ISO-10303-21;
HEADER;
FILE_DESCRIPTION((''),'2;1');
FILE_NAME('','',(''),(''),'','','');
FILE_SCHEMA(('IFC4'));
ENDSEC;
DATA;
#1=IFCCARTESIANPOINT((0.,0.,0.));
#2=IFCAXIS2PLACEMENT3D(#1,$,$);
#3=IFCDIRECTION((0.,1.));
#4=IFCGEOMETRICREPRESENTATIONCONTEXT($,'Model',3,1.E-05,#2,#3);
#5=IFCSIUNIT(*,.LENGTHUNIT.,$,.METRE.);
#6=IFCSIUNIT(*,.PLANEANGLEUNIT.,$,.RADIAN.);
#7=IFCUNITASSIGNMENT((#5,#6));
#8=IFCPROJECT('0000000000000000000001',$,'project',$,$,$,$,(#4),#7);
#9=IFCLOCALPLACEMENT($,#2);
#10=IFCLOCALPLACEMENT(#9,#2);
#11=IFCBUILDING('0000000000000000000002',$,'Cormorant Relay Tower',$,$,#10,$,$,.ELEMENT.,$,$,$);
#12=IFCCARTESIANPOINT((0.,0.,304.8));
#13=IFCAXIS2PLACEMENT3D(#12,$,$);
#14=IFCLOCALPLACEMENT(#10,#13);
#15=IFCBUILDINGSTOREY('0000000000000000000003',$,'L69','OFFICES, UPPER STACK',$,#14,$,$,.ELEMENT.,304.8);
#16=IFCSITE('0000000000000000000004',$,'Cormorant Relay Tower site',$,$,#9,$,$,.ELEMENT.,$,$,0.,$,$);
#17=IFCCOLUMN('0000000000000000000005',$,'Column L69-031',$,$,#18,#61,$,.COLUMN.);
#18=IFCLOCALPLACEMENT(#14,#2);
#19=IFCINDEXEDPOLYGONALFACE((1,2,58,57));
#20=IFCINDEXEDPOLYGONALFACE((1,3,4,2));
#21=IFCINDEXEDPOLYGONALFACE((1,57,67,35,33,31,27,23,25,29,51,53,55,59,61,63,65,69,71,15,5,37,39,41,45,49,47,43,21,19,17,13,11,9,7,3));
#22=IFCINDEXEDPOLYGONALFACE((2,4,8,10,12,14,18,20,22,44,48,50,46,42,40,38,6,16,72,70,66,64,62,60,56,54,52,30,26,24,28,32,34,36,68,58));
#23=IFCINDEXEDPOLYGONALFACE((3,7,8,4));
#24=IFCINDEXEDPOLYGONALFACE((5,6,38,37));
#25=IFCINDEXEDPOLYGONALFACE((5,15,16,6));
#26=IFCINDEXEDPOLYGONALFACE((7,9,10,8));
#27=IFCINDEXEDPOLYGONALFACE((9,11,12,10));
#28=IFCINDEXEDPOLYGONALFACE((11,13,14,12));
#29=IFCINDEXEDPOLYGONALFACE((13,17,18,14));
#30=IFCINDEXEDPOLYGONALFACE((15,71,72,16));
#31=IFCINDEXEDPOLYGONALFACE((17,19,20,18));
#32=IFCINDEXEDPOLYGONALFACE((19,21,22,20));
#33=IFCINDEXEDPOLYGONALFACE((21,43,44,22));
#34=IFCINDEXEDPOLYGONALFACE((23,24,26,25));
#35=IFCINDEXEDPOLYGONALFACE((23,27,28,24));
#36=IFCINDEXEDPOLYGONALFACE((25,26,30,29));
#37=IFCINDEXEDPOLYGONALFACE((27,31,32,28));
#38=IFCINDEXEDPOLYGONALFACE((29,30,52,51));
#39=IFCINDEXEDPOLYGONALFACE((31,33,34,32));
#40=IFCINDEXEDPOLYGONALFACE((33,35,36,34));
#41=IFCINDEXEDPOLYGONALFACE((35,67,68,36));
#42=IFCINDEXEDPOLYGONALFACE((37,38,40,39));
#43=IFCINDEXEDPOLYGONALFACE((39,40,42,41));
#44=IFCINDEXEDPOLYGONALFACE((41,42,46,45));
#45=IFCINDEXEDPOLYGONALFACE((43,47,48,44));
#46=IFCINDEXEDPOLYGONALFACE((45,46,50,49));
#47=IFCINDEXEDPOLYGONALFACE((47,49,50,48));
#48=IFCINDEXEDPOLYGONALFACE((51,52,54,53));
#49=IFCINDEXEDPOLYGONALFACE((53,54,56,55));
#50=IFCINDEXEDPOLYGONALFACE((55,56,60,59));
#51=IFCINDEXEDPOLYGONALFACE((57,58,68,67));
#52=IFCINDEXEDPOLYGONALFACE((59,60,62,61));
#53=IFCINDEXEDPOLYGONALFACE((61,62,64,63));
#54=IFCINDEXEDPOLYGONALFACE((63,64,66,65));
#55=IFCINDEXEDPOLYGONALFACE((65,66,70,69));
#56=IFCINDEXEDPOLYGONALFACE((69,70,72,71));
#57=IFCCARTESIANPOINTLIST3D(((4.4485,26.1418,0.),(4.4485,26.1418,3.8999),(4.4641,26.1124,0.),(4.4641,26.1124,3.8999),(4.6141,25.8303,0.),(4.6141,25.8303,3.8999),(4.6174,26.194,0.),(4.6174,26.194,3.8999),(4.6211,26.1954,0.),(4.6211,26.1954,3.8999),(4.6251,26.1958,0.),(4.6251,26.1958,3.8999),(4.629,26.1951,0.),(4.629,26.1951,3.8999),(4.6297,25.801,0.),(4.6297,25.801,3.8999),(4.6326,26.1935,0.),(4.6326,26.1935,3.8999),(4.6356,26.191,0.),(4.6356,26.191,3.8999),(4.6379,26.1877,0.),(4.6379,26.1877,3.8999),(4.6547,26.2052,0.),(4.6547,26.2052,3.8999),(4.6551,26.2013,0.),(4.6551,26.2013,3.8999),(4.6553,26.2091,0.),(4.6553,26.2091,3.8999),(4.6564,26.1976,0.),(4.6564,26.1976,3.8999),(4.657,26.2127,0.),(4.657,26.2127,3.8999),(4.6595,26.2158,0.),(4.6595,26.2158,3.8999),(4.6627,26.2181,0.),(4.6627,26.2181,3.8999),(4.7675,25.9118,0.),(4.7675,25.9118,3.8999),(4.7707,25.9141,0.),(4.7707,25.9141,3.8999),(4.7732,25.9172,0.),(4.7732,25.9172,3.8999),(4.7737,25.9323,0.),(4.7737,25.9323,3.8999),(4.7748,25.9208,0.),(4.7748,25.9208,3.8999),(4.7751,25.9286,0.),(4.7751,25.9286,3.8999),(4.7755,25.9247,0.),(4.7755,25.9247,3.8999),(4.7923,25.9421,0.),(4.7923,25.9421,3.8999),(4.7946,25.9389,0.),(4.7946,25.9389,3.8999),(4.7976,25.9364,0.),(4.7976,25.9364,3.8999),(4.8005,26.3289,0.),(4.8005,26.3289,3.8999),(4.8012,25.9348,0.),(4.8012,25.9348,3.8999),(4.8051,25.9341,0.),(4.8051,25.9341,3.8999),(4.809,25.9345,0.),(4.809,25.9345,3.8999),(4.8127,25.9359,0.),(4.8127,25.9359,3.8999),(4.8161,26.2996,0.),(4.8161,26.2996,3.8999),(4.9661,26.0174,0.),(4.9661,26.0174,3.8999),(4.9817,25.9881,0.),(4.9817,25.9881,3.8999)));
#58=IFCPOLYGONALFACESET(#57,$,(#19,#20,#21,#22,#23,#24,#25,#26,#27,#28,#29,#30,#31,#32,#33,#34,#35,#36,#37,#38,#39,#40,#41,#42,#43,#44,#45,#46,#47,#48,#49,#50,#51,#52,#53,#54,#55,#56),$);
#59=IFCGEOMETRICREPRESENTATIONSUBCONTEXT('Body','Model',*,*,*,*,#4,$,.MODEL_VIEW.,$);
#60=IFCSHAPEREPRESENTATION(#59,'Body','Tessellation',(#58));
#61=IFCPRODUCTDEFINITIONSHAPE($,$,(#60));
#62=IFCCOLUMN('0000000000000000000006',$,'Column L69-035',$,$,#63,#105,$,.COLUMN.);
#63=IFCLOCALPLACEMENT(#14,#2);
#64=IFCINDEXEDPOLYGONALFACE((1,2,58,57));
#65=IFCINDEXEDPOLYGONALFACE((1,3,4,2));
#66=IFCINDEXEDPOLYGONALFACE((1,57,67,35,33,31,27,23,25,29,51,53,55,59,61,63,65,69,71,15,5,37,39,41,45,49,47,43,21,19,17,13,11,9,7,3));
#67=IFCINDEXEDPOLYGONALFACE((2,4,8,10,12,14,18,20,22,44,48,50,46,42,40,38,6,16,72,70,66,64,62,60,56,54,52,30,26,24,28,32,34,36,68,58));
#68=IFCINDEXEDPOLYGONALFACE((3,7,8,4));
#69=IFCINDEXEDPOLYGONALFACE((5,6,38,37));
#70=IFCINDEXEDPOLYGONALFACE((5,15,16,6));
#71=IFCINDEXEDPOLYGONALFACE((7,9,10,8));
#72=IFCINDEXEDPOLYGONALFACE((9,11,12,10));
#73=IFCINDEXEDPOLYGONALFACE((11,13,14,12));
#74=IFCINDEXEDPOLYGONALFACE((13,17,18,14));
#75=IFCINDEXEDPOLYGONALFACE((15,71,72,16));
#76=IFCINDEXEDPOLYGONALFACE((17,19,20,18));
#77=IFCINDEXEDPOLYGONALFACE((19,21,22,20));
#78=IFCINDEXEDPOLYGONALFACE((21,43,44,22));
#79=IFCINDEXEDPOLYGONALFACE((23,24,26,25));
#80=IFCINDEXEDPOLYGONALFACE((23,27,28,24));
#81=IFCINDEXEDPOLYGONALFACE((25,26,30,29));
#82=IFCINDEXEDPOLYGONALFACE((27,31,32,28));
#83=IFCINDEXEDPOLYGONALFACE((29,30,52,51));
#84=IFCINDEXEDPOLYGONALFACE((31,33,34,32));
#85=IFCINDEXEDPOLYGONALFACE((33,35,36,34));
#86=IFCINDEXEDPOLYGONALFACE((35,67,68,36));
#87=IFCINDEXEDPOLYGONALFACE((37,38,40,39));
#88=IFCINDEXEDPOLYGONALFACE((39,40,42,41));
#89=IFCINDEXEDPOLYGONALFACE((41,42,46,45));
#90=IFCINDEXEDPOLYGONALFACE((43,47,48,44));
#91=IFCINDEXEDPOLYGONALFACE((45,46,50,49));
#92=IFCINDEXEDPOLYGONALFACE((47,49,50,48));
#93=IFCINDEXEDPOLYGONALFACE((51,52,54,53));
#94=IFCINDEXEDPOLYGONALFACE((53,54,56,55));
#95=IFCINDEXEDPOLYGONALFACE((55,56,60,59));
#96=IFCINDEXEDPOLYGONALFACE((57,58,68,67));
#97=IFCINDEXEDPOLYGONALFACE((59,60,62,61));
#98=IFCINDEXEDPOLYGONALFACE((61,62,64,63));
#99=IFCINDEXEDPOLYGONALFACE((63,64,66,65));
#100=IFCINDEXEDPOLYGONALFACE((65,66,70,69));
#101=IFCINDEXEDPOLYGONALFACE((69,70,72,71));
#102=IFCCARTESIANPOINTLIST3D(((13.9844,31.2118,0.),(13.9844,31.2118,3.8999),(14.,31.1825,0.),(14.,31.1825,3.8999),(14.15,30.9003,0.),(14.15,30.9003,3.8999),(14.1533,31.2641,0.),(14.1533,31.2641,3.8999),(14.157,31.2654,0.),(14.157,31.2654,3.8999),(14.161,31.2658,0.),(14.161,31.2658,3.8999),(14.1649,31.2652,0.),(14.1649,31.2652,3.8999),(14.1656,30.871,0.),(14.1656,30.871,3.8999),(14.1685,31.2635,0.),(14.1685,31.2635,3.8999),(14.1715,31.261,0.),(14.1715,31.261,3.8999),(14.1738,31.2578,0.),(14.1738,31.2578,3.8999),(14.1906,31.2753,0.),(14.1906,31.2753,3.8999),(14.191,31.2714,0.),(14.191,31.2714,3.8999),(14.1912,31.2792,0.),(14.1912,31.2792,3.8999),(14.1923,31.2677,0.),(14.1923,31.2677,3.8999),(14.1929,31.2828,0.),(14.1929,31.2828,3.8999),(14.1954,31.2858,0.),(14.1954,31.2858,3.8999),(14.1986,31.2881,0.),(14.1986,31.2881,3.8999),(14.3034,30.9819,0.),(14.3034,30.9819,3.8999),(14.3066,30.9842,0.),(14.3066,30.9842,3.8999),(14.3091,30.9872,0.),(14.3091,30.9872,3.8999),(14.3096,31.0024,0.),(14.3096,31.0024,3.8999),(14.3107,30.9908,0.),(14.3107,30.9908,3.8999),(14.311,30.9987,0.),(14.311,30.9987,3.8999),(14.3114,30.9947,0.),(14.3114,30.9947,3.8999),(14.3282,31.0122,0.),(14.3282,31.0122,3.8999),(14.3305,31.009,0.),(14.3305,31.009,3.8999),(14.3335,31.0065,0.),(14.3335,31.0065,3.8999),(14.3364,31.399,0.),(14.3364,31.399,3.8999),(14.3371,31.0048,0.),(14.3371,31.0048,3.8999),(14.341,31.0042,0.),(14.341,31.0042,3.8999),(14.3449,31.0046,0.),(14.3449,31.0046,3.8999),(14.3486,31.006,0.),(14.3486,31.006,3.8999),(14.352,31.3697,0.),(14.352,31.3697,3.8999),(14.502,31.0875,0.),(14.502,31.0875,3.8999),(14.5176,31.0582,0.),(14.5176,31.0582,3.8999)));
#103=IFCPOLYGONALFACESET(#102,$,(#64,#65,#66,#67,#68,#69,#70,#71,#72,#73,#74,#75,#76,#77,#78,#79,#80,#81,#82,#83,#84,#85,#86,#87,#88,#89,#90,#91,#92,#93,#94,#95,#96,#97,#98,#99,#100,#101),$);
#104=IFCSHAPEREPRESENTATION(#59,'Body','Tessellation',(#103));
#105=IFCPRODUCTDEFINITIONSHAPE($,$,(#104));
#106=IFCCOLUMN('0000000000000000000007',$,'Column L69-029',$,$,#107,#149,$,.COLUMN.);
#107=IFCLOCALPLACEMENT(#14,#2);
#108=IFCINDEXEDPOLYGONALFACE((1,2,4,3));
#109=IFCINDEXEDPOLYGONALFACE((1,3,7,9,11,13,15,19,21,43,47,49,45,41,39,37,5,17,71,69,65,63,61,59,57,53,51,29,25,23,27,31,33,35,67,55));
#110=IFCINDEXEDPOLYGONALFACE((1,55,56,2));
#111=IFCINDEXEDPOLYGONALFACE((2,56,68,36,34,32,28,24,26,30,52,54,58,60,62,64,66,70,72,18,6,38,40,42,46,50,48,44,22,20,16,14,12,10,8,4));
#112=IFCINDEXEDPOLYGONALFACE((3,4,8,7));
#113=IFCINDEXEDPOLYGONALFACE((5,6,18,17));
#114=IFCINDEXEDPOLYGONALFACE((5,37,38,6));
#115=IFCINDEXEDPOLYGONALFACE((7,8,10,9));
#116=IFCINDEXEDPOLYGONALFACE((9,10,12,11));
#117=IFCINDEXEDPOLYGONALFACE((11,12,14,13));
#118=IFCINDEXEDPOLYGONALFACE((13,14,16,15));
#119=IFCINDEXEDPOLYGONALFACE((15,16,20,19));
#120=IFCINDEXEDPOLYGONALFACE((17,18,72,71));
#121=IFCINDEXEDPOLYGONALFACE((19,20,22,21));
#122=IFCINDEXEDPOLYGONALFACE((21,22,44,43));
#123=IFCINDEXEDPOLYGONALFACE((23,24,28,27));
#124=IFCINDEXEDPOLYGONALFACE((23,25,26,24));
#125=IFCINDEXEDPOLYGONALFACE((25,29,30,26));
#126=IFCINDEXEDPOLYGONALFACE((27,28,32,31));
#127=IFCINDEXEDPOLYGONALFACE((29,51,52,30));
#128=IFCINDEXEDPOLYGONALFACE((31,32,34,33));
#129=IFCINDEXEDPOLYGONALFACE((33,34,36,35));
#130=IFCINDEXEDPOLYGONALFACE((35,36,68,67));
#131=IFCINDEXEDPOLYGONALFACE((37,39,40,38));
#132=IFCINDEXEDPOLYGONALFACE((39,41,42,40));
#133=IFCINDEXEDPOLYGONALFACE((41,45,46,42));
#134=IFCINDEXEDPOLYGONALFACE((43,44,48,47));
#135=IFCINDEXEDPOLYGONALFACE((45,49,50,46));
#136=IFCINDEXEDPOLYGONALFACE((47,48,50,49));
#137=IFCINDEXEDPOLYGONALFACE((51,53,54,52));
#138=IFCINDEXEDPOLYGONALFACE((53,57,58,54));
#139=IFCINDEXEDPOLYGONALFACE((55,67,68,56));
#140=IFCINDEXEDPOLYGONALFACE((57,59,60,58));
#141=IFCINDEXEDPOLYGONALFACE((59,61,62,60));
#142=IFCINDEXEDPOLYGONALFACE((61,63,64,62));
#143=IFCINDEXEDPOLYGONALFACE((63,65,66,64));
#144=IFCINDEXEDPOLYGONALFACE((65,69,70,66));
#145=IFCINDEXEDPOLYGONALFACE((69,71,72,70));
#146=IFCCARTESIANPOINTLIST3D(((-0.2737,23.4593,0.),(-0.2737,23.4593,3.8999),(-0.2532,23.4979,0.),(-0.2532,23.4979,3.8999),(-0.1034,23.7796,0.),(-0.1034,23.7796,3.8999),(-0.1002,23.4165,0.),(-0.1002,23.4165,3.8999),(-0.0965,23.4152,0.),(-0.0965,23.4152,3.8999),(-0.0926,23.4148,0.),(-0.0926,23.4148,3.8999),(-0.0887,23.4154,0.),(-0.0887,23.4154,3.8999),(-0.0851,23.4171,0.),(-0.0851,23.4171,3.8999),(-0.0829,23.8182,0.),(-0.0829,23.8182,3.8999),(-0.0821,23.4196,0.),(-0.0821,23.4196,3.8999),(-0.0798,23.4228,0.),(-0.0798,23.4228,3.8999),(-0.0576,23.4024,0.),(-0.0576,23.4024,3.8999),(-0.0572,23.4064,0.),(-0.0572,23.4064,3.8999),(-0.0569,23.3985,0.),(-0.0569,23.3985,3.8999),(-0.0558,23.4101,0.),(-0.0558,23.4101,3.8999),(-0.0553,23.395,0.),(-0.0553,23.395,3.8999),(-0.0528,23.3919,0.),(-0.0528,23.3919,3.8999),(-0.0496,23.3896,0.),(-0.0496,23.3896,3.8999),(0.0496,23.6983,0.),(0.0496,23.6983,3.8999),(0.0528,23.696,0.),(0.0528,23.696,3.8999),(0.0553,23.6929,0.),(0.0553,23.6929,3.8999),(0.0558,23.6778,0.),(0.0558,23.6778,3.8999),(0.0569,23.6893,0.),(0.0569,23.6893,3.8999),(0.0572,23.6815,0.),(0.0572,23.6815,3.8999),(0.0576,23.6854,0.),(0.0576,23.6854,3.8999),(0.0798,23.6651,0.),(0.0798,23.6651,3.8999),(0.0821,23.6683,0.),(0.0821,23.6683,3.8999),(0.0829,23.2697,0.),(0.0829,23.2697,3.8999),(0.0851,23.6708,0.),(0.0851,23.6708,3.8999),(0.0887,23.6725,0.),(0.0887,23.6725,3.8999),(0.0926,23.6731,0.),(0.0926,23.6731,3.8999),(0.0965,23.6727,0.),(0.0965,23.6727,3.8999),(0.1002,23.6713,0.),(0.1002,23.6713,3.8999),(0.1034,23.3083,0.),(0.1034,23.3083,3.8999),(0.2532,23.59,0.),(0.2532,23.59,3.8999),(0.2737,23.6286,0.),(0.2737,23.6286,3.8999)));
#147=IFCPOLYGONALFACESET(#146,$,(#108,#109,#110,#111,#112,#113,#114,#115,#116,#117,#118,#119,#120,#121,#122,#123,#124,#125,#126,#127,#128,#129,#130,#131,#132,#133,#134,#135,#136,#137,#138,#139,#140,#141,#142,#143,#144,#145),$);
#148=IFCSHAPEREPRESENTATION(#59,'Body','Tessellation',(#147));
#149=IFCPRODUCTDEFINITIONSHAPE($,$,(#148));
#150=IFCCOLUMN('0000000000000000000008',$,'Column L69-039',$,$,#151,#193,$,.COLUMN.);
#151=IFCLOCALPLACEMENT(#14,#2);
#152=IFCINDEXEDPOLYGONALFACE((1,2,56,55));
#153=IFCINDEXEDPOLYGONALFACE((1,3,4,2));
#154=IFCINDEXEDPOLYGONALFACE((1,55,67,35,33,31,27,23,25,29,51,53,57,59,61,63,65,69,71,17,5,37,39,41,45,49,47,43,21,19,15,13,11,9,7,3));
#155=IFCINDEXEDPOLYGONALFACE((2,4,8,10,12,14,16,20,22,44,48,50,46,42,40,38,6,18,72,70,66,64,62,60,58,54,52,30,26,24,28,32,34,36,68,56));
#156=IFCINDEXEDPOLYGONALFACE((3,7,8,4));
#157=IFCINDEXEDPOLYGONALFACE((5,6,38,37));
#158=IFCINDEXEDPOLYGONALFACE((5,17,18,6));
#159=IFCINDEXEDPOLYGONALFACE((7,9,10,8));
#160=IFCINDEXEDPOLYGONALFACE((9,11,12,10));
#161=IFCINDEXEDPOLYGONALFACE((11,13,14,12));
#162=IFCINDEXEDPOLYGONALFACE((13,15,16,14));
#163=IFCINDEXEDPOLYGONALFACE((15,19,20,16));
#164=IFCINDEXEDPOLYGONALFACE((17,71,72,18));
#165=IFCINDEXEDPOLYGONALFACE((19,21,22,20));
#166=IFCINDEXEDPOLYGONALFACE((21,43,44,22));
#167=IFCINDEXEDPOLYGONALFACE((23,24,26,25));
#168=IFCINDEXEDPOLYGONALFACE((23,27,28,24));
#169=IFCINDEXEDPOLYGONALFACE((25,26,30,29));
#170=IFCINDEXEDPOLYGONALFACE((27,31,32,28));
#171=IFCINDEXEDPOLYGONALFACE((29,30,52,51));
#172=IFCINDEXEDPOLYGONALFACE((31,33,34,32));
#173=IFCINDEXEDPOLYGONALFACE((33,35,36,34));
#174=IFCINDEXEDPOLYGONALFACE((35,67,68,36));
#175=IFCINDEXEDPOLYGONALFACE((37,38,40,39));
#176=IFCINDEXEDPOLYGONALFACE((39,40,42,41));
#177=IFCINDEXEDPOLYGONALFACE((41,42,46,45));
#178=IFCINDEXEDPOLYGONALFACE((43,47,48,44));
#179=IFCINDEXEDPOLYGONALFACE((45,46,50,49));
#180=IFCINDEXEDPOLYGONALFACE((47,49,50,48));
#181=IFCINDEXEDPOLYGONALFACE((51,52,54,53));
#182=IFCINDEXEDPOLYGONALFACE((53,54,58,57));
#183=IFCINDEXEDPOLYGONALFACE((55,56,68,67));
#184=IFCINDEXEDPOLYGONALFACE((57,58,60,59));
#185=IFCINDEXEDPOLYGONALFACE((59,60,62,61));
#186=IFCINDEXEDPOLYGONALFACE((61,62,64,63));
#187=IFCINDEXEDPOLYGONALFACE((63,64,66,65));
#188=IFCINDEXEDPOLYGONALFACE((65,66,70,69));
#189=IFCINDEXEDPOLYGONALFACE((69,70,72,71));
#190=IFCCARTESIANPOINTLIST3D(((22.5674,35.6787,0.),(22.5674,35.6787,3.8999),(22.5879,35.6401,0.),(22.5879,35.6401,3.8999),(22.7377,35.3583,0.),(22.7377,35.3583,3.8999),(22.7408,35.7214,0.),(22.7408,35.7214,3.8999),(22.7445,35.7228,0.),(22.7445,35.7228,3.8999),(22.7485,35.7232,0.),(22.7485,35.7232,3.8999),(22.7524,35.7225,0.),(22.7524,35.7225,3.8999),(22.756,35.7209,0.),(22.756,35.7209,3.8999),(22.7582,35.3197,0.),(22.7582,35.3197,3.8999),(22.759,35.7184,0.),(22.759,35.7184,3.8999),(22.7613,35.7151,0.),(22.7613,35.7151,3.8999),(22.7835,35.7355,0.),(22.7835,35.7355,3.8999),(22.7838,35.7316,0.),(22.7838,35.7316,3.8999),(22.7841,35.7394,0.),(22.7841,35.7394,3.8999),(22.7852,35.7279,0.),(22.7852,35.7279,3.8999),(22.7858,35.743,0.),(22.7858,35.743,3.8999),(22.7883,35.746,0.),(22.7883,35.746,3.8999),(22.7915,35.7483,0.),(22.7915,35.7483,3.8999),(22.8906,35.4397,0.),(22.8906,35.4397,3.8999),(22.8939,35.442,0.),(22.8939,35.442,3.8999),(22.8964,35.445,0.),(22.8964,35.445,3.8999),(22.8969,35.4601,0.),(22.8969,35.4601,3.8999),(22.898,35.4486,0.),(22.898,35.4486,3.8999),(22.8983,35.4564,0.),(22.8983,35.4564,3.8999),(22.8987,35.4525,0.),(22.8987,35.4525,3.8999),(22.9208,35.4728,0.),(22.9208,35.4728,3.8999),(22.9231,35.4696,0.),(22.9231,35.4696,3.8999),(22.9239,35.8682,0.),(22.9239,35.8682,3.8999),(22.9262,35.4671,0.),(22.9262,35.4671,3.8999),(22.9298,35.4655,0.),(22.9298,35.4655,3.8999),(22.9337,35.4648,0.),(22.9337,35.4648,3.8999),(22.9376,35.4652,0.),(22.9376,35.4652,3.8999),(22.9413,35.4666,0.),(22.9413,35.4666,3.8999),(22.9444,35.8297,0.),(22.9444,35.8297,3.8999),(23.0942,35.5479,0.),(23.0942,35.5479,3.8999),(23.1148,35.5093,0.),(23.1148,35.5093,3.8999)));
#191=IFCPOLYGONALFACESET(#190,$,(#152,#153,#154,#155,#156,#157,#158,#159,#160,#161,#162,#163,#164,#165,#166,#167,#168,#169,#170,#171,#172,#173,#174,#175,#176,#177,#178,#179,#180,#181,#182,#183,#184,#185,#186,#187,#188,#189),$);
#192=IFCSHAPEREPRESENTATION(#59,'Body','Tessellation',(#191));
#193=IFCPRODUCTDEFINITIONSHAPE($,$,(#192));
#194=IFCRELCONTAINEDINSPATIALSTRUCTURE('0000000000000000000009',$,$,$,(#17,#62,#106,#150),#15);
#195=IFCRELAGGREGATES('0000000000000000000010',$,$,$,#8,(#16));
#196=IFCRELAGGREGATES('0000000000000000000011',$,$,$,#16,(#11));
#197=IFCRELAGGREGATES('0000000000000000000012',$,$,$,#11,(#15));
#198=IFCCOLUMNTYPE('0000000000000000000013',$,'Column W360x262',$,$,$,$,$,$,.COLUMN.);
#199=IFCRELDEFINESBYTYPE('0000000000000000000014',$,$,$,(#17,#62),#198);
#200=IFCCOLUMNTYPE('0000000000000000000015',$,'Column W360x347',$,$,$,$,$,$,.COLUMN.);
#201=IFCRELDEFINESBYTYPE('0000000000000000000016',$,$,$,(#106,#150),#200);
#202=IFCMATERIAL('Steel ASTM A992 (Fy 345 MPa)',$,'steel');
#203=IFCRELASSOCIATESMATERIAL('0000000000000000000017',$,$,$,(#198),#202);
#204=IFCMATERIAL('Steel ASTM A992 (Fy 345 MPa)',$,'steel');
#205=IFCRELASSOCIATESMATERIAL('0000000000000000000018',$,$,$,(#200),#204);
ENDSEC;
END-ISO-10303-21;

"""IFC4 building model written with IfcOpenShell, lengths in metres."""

from ifc_helpers import new_model, si_unit, direction, frame, origin, origin_2d, place, context, subcontext, project, spatial, i_section, extrude, material, material_profile, profile_set, type_object, element, save


model = new_model("IFC4")

# Units and contexts
model_context = context("Model", 3, precision=1e-05, world=origin(), true_north=direction((0.0, 1.0)))
body_context = subcontext(model_context, "Body", "Model", "MODEL_VIEW")
ifc_project = project(units=[si_unit("LENGTHUNIT", "METRE"), si_unit("PLANEANGLEUNIT", "RADIAN")], contexts=[model_context])

# Site, building, storey
site_placement = place(None, origin())
site = spatial("IfcSite", under=ifc_project, at=site_placement, Name="Cormorant Relay Tower site", CompositionType="ELEMENT", RefElevation=0.0)
building_placement = place(site_placement, origin())
building = spatial("IfcBuilding", under=site, at=building_placement, Name="Cormorant Relay Tower", CompositionType="ELEMENT")
storey_placement = place(building_placement, frame((0.0, 0.0, 304.8)))
storey = spatial("IfcBuildingStorey", under=building, at=storey_placement, Name="L69", Description="OFFICES, UPPER STACK", CompositionType="ELEMENT", Elevation=304.8)

# Columns
ifc_material_1 = material(Name="Steel ASTM A992 (Fy 345 MPa)", Category="steel")
ifc_material_profile_1 = material_profile(ifc_material_1, i_section(OverallWidth=0.3987, OverallDepth=0.386, WebThickness=0.021, FlangeThickness=0.0332, FilletRadius=0.0151, at=origin_2d()), Name="W360x262")
ifc_profile_set_1 = profile_set([ifc_material_profile_1], Name="Steel ASTM A992 (Fy 345 MPa)")
column_type_1 = type_object("IfcColumnType", Name="Column W360x262", PredefinedType="COLUMN", material=ifc_profile_set_1)
for number, where, z_axis, x_axis, name in (
    (1, (4.7151, 26.0649, 0.0), (0.0, 0.0, 1.0), (-0.882948, -0.469472, 0.0), "Column L69-031"),
    (2, (14.251, 31.135, 0.0), (0.0, 0.0, 1.0), (-0.882948, -0.469472, 0.0), "Column L69-035"),
):
    element("IfcColumn", number, at=place(storey_placement, frame(where, z_axis=z_axis, x_axis=x_axis)), inside=storey, type_object=column_type_1, Name=name, PredefinedType="COLUMN", context=body_context, shape_type="SweptSolid", body=[
        extrude(i_section(OverallWidth=0.3987, OverallDepth=0.386, WebThickness=0.021, FlangeThickness=0.0332, FilletRadius=0.0151, at=origin_2d()), origin(), (0.0, 0.0, 1.0), 3.8999),
    ])
ifc_material_2 = material(Name="Steel ASTM A992 (Fy 345 MPa)", Category="steel")
ifc_material_profile_2 = material_profile(ifc_material_2, i_section(OverallWidth=0.4038, OverallDepth=0.4065, WebThickness=0.0271, FlangeThickness=0.0437, FilletRadius=0.0151, at=origin_2d()), Name="W360x347")
ifc_profile_set_2 = profile_set([ifc_material_profile_2], Name="Steel ASTM A992 (Fy 345 MPa)")
column_type_2 = type_object("IfcColumnType", Name="Column W360x347", PredefinedType="COLUMN", material=ifc_profile_set_2)
for number, where, z_axis, x_axis, name in (
    (3, (0.0, 23.5439, 0.0), (0.0, 0.0, 1.0), (-0.882948, 0.469472, 0.0), "Column L69-029"),
    (4, (22.8411, 35.594, 0.0), (0.0, 0.0, 1.0), (-0.882948, -0.469472, 0.0), "Column L69-039"),
):
    element("IfcColumn", number, at=place(storey_placement, frame(where, z_axis=z_axis, x_axis=x_axis)), inside=storey, type_object=column_type_2, Name=name, PredefinedType="COLUMN", context=body_context, shape_type="SweptSolid", body=[
        extrude(i_section(OverallWidth=0.4038, OverallDepth=0.4065, WebThickness=0.0271, FlangeThickness=0.0437, FilletRadius=0.0151, at=origin_2d()), origin(), (0.0, 0.0, 1.0), 3.8999),
    ])

save(model, "model.ifc")
